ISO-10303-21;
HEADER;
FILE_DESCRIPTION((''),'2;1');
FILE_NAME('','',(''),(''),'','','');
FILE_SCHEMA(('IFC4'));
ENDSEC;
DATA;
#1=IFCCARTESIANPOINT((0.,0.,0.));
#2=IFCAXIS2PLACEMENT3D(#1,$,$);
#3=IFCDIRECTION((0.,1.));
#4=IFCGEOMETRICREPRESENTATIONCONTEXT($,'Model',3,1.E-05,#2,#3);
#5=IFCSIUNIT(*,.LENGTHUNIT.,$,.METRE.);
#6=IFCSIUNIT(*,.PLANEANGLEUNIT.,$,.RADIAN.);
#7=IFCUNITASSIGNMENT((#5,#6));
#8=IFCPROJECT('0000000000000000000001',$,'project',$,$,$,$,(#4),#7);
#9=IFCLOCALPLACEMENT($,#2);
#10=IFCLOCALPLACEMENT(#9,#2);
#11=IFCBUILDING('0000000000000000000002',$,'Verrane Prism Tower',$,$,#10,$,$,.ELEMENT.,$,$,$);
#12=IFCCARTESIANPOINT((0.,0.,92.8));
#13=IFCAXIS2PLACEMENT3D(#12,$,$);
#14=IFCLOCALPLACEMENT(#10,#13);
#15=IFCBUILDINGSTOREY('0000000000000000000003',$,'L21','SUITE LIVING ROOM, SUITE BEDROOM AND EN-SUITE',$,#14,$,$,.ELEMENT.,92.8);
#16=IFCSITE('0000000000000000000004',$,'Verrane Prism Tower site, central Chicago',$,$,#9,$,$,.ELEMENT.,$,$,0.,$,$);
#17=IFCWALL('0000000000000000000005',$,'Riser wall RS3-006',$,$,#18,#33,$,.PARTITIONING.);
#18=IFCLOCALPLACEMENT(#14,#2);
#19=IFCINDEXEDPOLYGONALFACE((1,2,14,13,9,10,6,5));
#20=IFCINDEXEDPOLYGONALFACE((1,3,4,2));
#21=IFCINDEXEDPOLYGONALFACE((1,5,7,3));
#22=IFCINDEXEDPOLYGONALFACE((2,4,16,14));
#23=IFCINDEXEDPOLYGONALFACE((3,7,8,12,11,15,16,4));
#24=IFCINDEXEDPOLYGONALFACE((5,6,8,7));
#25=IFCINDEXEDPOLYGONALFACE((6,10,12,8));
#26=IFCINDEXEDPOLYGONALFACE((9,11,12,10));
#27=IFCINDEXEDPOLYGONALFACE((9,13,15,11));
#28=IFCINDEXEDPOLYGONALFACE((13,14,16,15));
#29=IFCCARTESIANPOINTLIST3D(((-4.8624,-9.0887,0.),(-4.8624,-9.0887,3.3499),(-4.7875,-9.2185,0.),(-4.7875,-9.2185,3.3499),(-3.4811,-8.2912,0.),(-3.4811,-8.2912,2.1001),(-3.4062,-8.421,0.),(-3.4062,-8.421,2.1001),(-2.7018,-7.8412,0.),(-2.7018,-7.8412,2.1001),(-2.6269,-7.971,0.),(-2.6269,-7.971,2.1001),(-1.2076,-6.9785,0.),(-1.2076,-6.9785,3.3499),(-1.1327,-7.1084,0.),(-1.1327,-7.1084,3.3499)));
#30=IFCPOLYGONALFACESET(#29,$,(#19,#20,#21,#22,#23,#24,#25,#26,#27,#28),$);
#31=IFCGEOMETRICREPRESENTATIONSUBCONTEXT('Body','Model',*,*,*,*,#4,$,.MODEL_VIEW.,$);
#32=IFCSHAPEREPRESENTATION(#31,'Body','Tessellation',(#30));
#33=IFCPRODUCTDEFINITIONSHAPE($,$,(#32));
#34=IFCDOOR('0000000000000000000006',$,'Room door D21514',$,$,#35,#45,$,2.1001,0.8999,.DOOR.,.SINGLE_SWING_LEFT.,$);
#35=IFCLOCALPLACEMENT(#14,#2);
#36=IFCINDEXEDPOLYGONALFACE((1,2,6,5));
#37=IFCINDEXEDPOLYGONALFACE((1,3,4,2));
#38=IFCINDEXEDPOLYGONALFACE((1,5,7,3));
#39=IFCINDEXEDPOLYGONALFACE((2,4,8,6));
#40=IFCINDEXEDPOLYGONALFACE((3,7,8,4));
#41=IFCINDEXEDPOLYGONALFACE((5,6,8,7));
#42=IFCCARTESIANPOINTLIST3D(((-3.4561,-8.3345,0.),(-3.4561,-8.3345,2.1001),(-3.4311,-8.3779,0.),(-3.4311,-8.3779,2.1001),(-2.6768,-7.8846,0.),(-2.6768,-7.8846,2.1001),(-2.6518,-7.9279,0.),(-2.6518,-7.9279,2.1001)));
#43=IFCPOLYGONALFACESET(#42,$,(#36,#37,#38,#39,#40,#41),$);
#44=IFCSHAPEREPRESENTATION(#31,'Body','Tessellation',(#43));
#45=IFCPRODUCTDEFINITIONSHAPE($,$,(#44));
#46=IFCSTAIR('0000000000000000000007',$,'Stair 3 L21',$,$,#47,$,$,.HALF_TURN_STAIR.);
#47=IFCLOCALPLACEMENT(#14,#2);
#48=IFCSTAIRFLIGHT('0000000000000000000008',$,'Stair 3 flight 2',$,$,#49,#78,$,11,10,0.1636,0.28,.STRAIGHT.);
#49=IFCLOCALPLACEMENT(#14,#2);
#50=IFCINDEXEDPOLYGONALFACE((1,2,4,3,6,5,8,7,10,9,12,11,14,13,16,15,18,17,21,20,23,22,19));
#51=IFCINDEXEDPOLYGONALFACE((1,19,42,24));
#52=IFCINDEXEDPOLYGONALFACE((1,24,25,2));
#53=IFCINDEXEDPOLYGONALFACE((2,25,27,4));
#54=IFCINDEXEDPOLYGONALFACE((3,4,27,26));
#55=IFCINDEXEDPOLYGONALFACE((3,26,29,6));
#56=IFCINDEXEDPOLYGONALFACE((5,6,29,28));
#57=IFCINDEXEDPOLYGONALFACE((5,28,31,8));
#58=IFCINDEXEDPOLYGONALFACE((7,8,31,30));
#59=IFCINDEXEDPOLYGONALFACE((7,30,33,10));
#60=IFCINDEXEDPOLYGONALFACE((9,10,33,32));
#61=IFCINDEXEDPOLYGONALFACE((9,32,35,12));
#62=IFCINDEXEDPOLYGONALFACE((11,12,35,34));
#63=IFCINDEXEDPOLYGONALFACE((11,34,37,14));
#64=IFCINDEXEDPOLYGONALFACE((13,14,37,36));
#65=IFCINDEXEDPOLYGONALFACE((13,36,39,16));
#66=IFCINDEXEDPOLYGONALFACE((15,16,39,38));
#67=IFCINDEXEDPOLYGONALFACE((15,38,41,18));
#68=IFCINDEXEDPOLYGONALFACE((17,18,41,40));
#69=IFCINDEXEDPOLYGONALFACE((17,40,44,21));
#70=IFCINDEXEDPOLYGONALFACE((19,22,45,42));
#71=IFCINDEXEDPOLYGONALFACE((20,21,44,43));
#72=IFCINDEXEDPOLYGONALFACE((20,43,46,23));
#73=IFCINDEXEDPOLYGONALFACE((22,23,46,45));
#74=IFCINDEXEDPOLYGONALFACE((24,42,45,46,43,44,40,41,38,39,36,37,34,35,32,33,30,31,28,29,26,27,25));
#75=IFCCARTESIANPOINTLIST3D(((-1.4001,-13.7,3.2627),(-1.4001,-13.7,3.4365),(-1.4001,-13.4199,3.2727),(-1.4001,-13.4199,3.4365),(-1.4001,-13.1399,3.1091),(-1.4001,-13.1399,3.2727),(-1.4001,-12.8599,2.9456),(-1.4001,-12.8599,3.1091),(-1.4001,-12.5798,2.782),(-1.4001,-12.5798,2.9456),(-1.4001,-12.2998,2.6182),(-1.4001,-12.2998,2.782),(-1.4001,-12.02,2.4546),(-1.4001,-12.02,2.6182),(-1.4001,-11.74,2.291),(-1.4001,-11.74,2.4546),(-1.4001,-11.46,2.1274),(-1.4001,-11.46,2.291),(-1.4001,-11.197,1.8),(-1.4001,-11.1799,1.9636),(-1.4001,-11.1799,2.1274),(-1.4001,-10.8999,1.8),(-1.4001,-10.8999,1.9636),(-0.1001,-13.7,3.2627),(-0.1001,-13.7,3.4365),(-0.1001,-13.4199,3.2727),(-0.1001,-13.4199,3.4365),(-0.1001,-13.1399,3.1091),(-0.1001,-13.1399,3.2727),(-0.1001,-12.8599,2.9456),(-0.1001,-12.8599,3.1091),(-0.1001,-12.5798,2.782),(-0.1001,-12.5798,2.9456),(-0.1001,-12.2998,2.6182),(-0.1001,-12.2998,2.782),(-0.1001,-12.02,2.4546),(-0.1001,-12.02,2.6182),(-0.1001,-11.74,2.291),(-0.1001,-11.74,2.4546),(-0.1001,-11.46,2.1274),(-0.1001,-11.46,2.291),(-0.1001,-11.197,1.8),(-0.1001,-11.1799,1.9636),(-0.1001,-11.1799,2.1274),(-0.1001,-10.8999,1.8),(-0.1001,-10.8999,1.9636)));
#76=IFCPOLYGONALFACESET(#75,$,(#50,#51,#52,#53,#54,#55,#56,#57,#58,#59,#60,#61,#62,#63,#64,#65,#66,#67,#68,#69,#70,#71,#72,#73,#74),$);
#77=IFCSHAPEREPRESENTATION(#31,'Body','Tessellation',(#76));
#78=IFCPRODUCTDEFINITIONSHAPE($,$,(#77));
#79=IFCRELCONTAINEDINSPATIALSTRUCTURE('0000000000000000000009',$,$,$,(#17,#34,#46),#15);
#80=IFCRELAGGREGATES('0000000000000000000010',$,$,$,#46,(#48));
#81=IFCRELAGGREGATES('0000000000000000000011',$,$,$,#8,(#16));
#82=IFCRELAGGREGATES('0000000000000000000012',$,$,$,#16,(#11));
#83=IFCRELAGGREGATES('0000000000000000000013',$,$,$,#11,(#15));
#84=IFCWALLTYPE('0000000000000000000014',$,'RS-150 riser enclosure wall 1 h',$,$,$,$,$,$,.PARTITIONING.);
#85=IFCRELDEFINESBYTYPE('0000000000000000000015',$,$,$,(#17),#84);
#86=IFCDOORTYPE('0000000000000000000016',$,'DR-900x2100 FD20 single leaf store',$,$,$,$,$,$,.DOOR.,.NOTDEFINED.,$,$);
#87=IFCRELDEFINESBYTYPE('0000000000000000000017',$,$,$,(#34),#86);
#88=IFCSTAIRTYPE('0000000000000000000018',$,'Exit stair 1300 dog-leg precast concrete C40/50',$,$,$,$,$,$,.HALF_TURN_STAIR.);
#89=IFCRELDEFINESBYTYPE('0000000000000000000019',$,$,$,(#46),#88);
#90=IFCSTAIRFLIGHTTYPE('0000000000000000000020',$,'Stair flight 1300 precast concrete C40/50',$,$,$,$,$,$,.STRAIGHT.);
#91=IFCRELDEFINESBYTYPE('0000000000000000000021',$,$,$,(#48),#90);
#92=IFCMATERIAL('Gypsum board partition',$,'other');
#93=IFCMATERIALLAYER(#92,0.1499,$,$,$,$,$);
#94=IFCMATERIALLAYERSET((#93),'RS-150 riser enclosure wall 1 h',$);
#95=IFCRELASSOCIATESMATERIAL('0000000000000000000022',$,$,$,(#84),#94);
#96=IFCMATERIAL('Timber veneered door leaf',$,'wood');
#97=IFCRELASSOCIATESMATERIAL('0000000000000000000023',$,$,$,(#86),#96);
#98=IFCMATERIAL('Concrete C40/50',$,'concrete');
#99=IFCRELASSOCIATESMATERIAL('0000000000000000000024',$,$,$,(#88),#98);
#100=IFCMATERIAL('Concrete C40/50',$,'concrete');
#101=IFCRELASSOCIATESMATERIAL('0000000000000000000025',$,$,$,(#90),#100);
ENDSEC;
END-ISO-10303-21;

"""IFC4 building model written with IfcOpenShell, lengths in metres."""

from ifc_helpers import new_model, si_unit, direction, frame, frame_2d, origin, place, context, subcontext, project, spatial, polyline, rectangle, outline, extrude, material, layer, layer_set, type_object, element, fill, aggregate, save


model = new_model("IFC4")

# Units and contexts
model_context = context("Model", 3, precision=1e-05, world=origin(), true_north=direction((0.0, 1.0)))
body_context = subcontext(model_context, "Body", "Model", "MODEL_VIEW")
ifc_project = project(units=[si_unit("LENGTHUNIT", "METRE"), si_unit("PLANEANGLEUNIT", "RADIAN")], contexts=[model_context])

# Site, building, storey
site_placement = place(None, origin())
site = spatial("IfcSite", under=ifc_project, at=site_placement, Name="Verrane Prism Tower site, central Chicago", CompositionType="ELEMENT", RefElevation=0.0)
building_placement = place(site_placement, origin())
building = spatial("IfcBuilding", under=site, at=building_placement, Name="Verrane Prism Tower", CompositionType="ELEMENT")
storey_placement = place(building_placement, frame((0.0, 0.0, 92.8)))
storey = spatial("IfcBuildingStorey", under=building, at=storey_placement, Name="L21", Description="SUITE LIVING ROOM, SUITE BEDROOM AND EN-SUITE", CompositionType="ELEMENT", Elevation=92.8)

# Wall, opening, door
ifc_material_1 = material(Name="Gypsum board partition", Category="other")
ifc_layer_1 = layer(ifc_material_1, 0.1499)
ifc_layer_set_1 = layer_set([ifc_layer_1], Name="RS-150 riser enclosure wall 1 h")
wall_type_1 = type_object("IfcWallType", Name="RS-150 riser enclosure wall 1 h", PredefinedType="PARTITIONING", material=ifc_layer_set_1)
wall_1_placement = place(storey_placement, frame((-4.825, -9.1536, 0.0), z_axis=(0.0, 0.0, 1.0), x_axis=(0.866024, 0.500003, 0.0)))
wall_1 = element("IfcWall", 1, at=wall_1_placement, inside=storey, type_object=wall_type_1, Name="Riser wall RS3-006", PredefinedType="PARTITIONING", context=body_context, shape_type="SweptSolid", body=[
    extrude(rectangle(XDim=4.2202, YDim=0.1499, at=frame_2d((2.1101, 0.0))), origin(), (0.0, 0.0, 1.0), 3.3499),
])
opening_1_placement = place(wall_1_placement, frame((1.595, 0.0, 0.0)))
opening_1 = element("IfcOpeningElement", 2, at=opening_1_placement, cuts=wall_1, PredefinedType="OPENING", context=body_context, shape_type="SweptSolid", body=[
    extrude(rectangle(XDim=0.8999, YDim=2.1001, at=frame_2d((0.45, 1.05))), frame((0.0, 0.085, 0.0), z_axis=(0.0, -1.0, 0.0), x_axis=(1.0, 0.0, 0.0)), (0.0, 0.0, 1.0), 0.1699),
])
ifc_material_2 = material(Name="Timber veneered door leaf", Category="wood")
door_type_1 = type_object("IfcDoorType", Name="DR-900x2100 FD20 single leaf store", OperationType="NOTDEFINED", PredefinedType="DOOR", material=ifc_material_2)
door_1_placement = place(opening_1_placement, origin())
door_1 = element("IfcDoor", 3, at=door_1_placement, inside=storey, type_object=door_type_1, Name="Room door D21514", OperationType="SINGLE_SWING_LEFT", OverallHeight=2.1001, OverallWidth=0.8999, PredefinedType="DOOR", context=body_context, shape_type="SweptSolid", body=[
    extrude(rectangle(XDim=0.8999, YDim=2.1001, at=frame_2d((0.45, 1.05))), frame((0.0, 0.0249, 0.0), z_axis=(0.0, -1.0, 0.0), x_axis=(1.0, 0.0, 0.0)), (0.0, 0.0, 1.0), 0.05),
])
fill(opening_1, door_1)

# Stair, stair flight
ifc_material_3 = material(Name="Concrete C40/50", Category="concrete")
stair_type = type_object("IfcStairType", Name="Exit stair 1300 dog-leg precast concrete C40/50", PredefinedType="HALF_TURN_STAIR", material=ifc_material_3)
stair_placement = place(storey_placement, origin())
stair = element("IfcStair", 4, at=stair_placement, inside=storey, type_object=stair_type, Name="Stair 3 L21", PredefinedType="HALF_TURN_STAIR")
ifc_material_4 = material(Name="Concrete C40/50", Category="concrete")
stair_flight_type = type_object("IfcStairFlightType", Name="Stair flight 1300 precast concrete C40/50", PredefinedType="STRAIGHT", material=ifc_material_4)
stair_flight_placement = place(storey_placement, frame((-0.75, -10.8999, 1.8), z_axis=(0.0, 0.0, 1.0), x_axis=(0.0, -1.0, 0.0)))
stair_flight = element("IfcStairFlight", 5, at=stair_flight_placement, type_object=stair_flight_type, Name="Stair 3 flight 2", NumberOfRisers=11, NumberOfTreads=10, PredefinedType="STRAIGHT", RiserHeight=0.1636, TreadLength=0.28, context=body_context, shape_type="SweptSolid", body=[
    extrude(outline(polyline([(0.0, 0.0), (0.0, 0.1636), (0.28, 0.1636), (0.28, 0.3274), (0.5601, 0.3274), (0.5601, 0.491), (0.8401, 0.491), (0.8401, 0.6545), (1.1201, 0.6545), (1.1201, 0.8181), (1.3999, 0.8181), (1.3999, 0.9819), (1.6799, 0.9819), (1.6799, 1.1455), (1.96, 1.1455), (1.96, 1.3091), (2.24, 1.3091), (2.24, 1.4727), (2.52, 1.4727), (2.52, 1.6365), (2.8, 1.6365), (2.8, 1.8), (2.8, 1.4626), (0.2971, 0.0), (0.0, 0.0)])), frame((0.0, 0.6499, 0.0), z_axis=(0.0, -1.0, 0.0), x_axis=(1.0, 0.0, 0.0)), (0.0, 0.0, 1.0), 1.3),
])
aggregate(stair, [stair_flight])

save(model, "model.ifc")
